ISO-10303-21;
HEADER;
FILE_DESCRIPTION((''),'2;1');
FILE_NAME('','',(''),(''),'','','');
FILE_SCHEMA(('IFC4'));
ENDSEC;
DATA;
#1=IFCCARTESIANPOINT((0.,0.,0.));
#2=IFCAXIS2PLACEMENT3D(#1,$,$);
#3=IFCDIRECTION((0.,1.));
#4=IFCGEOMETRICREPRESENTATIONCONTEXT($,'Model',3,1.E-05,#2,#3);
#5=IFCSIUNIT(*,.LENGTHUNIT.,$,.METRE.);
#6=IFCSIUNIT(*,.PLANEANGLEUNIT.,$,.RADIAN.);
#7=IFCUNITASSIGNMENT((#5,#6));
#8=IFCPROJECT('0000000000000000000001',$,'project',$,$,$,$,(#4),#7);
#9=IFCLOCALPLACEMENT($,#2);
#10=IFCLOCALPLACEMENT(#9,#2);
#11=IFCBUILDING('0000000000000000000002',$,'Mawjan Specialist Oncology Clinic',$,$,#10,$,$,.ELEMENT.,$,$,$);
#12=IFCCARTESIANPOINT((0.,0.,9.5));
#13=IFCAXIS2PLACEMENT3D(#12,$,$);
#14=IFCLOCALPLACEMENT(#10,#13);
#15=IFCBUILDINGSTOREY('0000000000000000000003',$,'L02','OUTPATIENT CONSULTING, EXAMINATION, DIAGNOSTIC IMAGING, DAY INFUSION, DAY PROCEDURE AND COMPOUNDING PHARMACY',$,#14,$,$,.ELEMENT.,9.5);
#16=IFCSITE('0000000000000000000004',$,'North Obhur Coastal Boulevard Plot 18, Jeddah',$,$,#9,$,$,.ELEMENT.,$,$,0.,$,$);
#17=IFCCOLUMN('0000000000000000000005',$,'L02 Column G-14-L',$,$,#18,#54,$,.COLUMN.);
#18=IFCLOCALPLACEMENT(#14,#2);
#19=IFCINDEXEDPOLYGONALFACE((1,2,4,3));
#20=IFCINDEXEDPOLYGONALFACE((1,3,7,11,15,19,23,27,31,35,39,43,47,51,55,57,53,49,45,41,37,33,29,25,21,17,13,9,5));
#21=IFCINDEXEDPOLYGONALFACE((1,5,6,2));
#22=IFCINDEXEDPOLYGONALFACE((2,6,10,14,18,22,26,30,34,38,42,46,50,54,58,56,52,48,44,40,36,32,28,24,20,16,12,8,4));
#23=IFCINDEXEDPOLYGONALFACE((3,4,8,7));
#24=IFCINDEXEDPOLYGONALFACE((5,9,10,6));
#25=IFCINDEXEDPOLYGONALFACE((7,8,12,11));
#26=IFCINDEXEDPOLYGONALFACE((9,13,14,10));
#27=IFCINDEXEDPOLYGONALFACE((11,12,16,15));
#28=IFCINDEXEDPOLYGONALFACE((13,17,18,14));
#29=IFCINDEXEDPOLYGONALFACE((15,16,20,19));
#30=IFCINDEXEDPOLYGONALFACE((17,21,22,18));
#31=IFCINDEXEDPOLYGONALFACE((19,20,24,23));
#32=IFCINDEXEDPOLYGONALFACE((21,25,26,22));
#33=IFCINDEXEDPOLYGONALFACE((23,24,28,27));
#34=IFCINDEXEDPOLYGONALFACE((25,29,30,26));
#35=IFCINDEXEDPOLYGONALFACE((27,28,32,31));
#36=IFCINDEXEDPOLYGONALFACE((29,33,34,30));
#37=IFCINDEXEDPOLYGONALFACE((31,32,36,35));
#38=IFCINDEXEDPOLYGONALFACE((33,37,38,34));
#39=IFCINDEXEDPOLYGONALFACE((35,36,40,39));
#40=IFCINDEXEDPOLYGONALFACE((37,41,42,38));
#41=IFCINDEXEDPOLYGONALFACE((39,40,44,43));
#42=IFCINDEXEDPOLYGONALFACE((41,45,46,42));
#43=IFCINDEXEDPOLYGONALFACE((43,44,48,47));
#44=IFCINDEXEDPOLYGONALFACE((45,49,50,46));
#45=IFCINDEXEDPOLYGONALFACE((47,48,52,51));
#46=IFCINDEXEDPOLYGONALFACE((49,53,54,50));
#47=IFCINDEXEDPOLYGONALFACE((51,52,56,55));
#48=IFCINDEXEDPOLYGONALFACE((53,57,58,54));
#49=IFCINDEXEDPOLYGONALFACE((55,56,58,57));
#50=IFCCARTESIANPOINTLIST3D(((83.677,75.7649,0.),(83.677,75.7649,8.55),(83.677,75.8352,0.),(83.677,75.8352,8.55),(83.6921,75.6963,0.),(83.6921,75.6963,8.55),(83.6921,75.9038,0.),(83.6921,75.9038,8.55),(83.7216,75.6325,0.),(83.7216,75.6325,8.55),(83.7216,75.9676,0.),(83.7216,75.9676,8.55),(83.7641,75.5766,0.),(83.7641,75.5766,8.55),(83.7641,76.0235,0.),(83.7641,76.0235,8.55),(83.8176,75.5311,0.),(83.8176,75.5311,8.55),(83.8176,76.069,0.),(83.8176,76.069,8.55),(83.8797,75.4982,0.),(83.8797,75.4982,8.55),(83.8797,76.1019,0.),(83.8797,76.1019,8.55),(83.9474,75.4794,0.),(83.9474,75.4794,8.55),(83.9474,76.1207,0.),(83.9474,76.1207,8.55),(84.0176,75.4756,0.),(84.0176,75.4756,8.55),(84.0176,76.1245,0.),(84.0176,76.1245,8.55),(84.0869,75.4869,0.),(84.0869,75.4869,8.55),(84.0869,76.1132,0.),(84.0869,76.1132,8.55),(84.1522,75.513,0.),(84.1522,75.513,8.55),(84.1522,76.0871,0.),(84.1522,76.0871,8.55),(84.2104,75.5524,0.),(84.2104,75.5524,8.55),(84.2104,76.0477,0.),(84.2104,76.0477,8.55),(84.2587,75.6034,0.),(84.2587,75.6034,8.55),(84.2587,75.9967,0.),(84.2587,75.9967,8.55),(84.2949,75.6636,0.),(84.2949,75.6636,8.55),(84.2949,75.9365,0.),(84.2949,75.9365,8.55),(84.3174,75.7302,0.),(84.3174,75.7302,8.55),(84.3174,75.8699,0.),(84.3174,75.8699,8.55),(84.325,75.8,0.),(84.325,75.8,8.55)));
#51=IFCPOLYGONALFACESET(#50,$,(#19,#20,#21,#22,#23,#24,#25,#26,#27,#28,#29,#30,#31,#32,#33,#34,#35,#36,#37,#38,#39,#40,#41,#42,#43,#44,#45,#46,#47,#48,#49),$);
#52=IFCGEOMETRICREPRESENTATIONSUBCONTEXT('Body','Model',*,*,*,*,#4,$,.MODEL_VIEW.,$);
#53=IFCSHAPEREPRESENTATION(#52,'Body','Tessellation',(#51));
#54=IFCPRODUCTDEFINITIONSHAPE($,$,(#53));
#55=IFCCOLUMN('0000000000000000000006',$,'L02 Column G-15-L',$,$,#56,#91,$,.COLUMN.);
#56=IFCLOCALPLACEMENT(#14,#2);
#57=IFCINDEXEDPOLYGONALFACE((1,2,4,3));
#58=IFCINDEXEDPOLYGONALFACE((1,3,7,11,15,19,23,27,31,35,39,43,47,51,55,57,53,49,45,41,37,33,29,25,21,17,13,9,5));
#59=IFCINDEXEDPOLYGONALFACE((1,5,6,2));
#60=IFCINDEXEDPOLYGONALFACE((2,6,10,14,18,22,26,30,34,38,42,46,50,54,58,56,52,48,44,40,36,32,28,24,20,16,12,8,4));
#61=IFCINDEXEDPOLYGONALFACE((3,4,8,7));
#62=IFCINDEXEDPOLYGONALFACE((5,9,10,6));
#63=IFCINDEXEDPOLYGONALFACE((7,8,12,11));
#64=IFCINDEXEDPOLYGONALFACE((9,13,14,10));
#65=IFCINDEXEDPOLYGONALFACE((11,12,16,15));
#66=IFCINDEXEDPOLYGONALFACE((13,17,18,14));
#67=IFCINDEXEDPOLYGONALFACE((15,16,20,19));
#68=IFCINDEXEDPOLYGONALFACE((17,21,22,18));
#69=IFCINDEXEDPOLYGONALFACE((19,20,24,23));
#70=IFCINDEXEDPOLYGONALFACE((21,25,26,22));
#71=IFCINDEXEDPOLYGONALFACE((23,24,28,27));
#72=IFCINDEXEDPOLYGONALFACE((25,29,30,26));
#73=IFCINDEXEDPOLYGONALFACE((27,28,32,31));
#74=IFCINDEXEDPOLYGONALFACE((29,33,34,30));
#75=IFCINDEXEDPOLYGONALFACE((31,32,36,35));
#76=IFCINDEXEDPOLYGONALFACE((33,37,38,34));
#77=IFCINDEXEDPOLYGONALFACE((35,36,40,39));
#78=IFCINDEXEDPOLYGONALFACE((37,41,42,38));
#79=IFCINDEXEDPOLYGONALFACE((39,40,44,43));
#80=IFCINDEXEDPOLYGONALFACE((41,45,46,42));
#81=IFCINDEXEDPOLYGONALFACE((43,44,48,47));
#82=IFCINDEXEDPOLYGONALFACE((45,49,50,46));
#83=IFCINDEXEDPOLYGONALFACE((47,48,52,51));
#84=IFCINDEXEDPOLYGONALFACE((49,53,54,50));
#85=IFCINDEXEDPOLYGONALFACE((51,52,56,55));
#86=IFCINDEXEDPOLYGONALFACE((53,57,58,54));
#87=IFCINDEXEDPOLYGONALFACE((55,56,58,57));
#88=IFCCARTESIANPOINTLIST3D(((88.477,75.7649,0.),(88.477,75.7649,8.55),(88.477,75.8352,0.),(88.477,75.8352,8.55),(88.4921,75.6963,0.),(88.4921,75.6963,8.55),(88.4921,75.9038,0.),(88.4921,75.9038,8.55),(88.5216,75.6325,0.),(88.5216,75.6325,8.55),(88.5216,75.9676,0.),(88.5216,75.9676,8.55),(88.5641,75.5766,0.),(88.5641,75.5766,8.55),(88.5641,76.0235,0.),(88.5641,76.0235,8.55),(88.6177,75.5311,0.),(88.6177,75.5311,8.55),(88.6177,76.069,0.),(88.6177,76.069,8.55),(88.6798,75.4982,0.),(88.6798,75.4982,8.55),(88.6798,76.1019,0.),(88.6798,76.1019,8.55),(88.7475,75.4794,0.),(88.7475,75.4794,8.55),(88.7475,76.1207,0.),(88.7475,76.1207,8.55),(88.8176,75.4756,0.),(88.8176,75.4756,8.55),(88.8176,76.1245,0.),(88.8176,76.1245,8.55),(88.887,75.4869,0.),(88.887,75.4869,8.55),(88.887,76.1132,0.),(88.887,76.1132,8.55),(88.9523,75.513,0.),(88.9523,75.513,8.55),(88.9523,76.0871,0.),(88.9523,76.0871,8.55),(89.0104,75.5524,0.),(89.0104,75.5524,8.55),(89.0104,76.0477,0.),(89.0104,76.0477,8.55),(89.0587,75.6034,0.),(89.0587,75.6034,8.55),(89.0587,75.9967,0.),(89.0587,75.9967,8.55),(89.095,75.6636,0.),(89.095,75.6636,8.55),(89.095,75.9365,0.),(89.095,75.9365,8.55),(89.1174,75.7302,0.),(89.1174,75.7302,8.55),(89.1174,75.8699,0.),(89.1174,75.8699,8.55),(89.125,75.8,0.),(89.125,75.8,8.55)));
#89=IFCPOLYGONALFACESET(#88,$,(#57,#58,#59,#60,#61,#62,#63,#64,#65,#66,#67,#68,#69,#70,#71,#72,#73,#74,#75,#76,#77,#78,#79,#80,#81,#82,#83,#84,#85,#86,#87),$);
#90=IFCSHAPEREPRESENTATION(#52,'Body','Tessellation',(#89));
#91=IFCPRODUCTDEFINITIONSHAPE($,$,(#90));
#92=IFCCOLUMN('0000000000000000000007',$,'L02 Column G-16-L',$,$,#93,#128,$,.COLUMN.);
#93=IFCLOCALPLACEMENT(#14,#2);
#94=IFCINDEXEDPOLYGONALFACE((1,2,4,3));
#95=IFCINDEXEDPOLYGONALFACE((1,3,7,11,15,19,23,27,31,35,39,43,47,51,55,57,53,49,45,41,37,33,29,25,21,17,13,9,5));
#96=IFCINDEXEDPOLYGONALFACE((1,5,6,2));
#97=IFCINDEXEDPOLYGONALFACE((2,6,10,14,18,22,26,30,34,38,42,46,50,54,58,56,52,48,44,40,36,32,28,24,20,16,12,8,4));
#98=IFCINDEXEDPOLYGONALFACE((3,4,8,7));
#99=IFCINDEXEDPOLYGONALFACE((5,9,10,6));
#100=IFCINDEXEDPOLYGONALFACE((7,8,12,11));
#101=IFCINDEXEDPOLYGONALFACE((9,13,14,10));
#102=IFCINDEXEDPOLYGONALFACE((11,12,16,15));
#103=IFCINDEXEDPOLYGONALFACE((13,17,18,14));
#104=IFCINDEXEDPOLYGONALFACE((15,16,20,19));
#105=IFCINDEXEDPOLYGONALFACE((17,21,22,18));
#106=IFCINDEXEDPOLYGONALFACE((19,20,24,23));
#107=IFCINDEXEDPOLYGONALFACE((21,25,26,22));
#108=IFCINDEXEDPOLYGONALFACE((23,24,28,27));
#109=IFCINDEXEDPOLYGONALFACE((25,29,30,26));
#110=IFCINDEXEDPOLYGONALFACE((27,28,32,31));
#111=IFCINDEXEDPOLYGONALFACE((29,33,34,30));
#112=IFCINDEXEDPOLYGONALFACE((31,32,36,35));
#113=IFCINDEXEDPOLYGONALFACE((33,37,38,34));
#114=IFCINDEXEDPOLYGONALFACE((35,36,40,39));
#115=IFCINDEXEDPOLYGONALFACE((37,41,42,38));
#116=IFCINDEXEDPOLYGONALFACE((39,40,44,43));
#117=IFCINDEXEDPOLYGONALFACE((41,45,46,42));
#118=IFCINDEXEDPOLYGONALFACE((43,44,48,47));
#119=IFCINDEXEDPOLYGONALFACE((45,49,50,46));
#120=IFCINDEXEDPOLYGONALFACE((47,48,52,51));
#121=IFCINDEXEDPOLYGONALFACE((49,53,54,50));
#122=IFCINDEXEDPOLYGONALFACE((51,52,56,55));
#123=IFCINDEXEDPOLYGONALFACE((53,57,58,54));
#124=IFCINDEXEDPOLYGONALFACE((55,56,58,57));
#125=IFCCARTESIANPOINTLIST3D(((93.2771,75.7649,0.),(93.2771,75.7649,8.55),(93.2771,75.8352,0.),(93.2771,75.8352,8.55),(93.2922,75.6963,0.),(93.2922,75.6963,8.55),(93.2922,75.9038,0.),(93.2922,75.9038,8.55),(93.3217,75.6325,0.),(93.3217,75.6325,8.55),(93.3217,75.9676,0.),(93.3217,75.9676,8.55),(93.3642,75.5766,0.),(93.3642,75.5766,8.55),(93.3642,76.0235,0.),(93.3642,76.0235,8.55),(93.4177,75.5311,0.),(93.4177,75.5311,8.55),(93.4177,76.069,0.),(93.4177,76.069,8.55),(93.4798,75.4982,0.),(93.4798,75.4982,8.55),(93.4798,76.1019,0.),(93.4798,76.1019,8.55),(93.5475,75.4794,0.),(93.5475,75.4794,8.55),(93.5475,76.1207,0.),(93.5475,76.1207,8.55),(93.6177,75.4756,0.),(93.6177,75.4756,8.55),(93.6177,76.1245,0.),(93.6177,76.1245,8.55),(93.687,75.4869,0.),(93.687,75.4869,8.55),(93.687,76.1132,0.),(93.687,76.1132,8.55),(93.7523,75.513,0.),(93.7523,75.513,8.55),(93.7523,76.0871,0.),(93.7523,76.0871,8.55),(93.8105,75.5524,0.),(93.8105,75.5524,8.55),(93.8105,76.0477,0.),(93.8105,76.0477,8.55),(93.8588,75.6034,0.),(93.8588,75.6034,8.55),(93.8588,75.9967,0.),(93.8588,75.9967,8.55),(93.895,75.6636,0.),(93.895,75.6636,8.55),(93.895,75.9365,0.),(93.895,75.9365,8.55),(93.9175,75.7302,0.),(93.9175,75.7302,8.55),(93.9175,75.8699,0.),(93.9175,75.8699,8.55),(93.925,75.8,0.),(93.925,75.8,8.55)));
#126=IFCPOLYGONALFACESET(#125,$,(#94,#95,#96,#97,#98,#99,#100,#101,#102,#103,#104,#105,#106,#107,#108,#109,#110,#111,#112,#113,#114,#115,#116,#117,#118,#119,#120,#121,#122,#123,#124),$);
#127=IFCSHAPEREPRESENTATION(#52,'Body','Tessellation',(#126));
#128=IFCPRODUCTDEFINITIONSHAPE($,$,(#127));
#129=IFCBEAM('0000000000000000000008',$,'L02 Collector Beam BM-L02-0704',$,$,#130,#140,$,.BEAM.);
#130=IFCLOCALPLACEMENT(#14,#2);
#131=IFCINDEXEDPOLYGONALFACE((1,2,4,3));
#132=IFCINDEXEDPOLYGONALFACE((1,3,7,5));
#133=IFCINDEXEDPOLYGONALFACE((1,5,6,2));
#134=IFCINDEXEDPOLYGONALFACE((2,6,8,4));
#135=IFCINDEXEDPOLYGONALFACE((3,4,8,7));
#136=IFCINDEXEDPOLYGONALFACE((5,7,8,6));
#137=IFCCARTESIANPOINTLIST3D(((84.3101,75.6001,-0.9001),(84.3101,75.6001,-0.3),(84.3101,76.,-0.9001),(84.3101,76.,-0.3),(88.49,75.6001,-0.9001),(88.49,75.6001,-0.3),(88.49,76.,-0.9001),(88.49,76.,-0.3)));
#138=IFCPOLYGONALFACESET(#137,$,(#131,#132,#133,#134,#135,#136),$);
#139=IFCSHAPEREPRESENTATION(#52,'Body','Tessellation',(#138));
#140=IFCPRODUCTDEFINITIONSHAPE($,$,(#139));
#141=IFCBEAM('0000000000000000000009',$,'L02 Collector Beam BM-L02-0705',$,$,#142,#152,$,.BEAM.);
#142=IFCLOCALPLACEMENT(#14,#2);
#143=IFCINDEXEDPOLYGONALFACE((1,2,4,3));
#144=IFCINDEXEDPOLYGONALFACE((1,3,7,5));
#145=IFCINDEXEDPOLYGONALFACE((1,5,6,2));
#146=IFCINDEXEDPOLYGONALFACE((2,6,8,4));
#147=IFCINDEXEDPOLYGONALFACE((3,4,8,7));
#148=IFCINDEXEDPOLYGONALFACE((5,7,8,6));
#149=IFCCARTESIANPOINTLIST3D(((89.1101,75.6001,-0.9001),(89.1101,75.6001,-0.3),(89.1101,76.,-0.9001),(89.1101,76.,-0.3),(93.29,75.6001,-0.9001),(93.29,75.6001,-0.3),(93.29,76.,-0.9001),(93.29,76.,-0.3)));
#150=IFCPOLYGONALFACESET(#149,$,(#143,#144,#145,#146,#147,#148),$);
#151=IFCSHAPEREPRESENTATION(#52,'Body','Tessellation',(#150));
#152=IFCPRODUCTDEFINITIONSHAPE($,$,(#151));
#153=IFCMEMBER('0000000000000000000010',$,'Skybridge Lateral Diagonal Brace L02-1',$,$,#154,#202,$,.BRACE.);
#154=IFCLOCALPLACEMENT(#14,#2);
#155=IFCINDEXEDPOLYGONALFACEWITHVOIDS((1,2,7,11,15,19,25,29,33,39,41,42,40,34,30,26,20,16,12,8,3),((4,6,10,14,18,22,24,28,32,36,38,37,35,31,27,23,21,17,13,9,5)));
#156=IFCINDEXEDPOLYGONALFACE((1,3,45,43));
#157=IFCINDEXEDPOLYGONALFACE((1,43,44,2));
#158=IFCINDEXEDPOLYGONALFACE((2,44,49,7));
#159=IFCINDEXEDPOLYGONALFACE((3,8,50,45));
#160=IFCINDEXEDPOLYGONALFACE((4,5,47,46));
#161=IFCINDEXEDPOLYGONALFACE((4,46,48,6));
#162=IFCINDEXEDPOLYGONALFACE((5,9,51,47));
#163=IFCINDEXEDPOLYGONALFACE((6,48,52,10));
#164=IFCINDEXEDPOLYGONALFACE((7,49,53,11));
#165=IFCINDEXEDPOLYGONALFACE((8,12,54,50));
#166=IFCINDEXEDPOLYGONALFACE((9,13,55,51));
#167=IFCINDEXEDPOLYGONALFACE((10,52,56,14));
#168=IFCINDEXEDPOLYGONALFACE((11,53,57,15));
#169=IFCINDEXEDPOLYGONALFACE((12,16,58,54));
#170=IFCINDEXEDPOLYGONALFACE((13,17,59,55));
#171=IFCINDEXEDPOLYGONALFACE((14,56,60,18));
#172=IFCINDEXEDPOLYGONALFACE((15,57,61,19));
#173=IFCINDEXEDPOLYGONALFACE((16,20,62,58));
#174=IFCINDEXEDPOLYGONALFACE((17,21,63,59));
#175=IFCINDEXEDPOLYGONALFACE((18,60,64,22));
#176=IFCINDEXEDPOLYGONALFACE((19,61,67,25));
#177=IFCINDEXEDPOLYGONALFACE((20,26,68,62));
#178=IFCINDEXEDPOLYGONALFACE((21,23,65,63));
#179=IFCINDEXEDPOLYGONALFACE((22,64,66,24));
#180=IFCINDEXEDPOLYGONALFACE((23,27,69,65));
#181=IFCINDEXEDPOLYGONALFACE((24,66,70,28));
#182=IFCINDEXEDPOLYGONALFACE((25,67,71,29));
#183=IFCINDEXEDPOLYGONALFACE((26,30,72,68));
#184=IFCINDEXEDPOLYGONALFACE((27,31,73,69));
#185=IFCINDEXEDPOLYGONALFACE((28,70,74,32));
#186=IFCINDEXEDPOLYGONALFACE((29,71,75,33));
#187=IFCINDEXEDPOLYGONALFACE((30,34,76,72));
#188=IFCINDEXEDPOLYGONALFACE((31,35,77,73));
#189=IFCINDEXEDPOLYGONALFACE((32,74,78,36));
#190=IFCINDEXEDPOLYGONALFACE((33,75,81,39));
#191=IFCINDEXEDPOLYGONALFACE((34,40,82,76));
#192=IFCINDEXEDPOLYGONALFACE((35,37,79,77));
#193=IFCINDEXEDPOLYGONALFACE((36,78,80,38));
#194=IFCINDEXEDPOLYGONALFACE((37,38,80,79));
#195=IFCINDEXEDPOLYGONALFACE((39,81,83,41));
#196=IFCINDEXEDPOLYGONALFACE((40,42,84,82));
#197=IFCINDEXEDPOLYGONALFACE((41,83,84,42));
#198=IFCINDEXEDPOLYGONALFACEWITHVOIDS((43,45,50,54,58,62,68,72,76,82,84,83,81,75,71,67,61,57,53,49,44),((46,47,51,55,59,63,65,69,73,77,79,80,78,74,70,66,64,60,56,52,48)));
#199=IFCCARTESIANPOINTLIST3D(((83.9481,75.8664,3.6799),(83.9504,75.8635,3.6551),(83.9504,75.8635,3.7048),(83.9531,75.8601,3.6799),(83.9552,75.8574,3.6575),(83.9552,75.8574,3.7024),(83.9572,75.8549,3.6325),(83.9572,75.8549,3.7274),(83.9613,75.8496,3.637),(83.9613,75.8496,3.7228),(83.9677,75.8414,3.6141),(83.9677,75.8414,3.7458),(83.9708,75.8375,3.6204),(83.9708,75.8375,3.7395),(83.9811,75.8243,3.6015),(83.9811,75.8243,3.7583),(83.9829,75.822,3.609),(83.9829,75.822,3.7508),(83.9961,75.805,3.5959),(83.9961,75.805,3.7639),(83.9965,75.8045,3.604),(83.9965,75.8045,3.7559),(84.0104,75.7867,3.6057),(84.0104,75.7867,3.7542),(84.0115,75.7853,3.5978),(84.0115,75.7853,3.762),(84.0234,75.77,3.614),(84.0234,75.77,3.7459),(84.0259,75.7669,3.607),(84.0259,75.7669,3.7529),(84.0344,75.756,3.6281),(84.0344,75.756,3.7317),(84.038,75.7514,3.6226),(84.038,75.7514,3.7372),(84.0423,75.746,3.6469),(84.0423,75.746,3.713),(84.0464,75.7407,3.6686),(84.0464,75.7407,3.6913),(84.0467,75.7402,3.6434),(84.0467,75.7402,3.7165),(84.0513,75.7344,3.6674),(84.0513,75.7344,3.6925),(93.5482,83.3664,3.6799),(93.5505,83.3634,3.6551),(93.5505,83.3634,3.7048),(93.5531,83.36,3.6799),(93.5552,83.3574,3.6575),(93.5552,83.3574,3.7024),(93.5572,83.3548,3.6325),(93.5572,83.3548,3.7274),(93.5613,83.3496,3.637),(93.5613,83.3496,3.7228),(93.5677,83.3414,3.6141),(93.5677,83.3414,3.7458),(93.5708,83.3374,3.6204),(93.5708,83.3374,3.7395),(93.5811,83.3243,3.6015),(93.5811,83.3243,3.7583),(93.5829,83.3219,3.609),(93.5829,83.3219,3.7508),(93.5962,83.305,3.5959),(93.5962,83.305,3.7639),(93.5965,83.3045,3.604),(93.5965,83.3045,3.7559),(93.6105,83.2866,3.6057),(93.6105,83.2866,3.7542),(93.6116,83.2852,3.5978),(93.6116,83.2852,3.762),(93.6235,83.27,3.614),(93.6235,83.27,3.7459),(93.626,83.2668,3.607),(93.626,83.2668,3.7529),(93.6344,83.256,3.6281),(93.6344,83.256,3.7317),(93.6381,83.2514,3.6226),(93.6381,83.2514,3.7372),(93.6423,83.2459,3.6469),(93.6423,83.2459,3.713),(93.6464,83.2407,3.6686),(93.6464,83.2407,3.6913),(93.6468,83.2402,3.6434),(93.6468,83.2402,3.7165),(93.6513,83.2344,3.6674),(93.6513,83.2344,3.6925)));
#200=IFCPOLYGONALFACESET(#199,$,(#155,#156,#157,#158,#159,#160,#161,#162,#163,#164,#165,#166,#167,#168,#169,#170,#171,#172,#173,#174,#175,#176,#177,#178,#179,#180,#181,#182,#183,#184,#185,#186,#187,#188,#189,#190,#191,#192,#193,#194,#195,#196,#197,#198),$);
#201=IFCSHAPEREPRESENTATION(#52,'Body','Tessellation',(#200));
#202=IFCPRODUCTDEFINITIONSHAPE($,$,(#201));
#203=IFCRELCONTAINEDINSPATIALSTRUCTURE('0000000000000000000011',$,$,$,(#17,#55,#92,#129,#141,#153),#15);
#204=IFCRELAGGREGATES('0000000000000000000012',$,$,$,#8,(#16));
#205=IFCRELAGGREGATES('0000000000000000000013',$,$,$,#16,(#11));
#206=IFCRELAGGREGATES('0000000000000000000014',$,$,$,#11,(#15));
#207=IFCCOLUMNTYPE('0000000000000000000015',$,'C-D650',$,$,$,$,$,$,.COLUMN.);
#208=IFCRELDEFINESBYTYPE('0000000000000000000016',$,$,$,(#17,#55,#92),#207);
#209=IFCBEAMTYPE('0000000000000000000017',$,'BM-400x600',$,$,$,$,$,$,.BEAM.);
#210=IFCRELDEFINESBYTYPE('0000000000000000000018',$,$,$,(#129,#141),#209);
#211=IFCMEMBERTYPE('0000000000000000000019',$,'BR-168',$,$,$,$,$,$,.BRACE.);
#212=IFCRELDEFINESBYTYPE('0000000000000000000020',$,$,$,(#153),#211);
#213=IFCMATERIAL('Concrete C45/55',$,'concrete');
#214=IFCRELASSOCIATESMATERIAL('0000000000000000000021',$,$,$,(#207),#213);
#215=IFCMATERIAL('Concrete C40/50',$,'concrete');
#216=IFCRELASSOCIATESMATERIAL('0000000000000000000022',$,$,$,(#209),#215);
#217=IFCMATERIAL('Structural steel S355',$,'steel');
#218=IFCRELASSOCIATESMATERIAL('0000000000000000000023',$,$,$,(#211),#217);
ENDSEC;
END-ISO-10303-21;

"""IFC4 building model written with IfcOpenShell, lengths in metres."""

from ifc_helpers import new_model, si_unit, direction, frame, origin, origin_2d, place, context, subcontext, project, spatial, rectangle, circle, hollow_circle, extrude, material, material_profile, profile_set, type_object, element, save


model = new_model("IFC4")

# Units and contexts
model_context = context("Model", 3, precision=1e-05, world=origin(), true_north=direction((0.0, 1.0)))
body_context = subcontext(model_context, "Body", "Model", "MODEL_VIEW")
ifc_project = project(units=[si_unit("LENGTHUNIT", "METRE"), si_unit("PLANEANGLEUNIT", "RADIAN")], contexts=[model_context])

# Site, building, storey
site_placement = place(None, origin())
site = spatial("IfcSite", under=ifc_project, at=site_placement, Name="North Obhur Coastal Boulevard Plot 18, Jeddah", CompositionType="ELEMENT", RefElevation=0.0)
building_placement = place(site_placement, origin())
building = spatial("IfcBuilding", under=site, at=building_placement, Name="Mawjan Specialist Oncology Clinic", CompositionType="ELEMENT")
storey_placement = place(building_placement, frame((0.0, 0.0, 9.5)))
storey = spatial("IfcBuildingStorey", under=building, at=storey_placement, Name="L02", Description="OUTPATIENT CONSULTING, EXAMINATION, DIAGNOSTIC IMAGING, DAY INFUSION, DAY PROCEDURE AND COMPOUNDING PHARMACY", CompositionType="ELEMENT", Elevation=9.5)

# Columns
ifc_material_1 = material(Name="Concrete C45/55", Category="concrete")
ifc_material_profile_1 = material_profile(ifc_material_1, circle(Radius=0.325, at=origin_2d()), Name="RC COL D650", Category="concrete")
ifc_profile_set_1 = profile_set([ifc_material_profile_1], Name="Concrete C45/55")
column_type = type_object("IfcColumnType", Name="C-D650", PredefinedType="COLUMN", material=ifc_profile_set_1)
for number, where, z_axis, x_axis, name in (
    (1, (84.0, 75.8, 0.0), (0.0, 0.0, 1.0), (1.0, 0.0, 0.0), "L02 Column G-14-L"),
    (2, (88.8, 75.8, 0.0), (0.0, 0.0, 1.0), (1.0, 0.0, 0.0), "L02 Column G-15-L"),
    (3, (93.6001, 75.8, 0.0), (0.0, 0.0, 1.0), (1.0, 0.0, 0.0), "L02 Column G-16-L"),
):
    element("IfcColumn", number, at=place(storey_placement, frame(where, z_axis=z_axis, x_axis=x_axis)), inside=storey, type_object=column_type, Name=name, PredefinedType="COLUMN", context=body_context, shape_type="SweptSolid", body=[
        extrude(circle(Radius=0.325, at=origin_2d()), origin(), (0.0, 0.0, 1.0), 8.55),
    ])

# Beams
ifc_material_2 = material(Name="Concrete C40/50", Category="concrete")
ifc_material_profile_2 = material_profile(ifc_material_2, rectangle(XDim=0.3999, YDim=0.6001, at=origin_2d()), Name="RC BM 400x600", Category="concrete")
ifc_profile_set_2 = profile_set([ifc_material_profile_2], Name="Concrete C40/50")
beam_type_1 = type_object("IfcBeamType", Name="BM-400x600", PredefinedType="BEAM", material=ifc_profile_set_2)
for number, where, z_axis, x_axis, name in (
    (4, (84.3101, 75.8, -0.6001), (1.0, 0.0, 0.0), (0.0, 1.0, 0.0), "L02 Collector Beam BM-L02-0704"),
    (5, (89.1101, 75.8, -0.6001), (1.0, 0.0, 0.0), (0.0, 1.0, 0.0), "L02 Collector Beam BM-L02-0705"),
):
    element("IfcBeam", number, at=place(storey_placement, frame(where, z_axis=z_axis, x_axis=x_axis)), inside=storey, type_object=beam_type_1, Name=name, PredefinedType="BEAM", context=body_context, shape_type="SweptSolid", body=[
        extrude(rectangle(XDim=0.3999, YDim=0.6001, at=origin_2d()), origin(), (0.0, 0.0, 1.0), 4.1799),
    ])

# Member
ifc_material_3 = material(Name="Structural steel S355", Category="steel")
ifc_material_profile_3 = material_profile(ifc_material_3, hollow_circle(Radius=0.0842, WallThickness=0.0081, at=origin_2d()), Name="CHS 168.3x8", Category="steel")
ifc_profile_set_3 = profile_set([ifc_material_profile_3], Name="Structural steel S355")
member_type_1 = type_object("IfcMemberType", Name="BR-168", PredefinedType="BRACE", material=ifc_profile_set_3)
member_1_placement = place(storey_placement, frame((84.0, 75.8, 3.6799), z_axis=(0.788027, 0.61564, 0.0), x_axis=(-0.61564, 0.788027, 0.0)))
element("IfcMember", 6, at=member_1_placement, inside=storey, type_object=member_type_1, Name="Skybridge Lateral Diagonal Brace L02-1", PredefinedType="BRACE", context=body_context, shape_type="SweptSolid", body=[
    extrude(hollow_circle(Radius=0.0842, WallThickness=0.0081, at=origin_2d()), origin(), (0.0, 0.0, 1.0), 12.1824),
])

save(model, "model.ifc")
